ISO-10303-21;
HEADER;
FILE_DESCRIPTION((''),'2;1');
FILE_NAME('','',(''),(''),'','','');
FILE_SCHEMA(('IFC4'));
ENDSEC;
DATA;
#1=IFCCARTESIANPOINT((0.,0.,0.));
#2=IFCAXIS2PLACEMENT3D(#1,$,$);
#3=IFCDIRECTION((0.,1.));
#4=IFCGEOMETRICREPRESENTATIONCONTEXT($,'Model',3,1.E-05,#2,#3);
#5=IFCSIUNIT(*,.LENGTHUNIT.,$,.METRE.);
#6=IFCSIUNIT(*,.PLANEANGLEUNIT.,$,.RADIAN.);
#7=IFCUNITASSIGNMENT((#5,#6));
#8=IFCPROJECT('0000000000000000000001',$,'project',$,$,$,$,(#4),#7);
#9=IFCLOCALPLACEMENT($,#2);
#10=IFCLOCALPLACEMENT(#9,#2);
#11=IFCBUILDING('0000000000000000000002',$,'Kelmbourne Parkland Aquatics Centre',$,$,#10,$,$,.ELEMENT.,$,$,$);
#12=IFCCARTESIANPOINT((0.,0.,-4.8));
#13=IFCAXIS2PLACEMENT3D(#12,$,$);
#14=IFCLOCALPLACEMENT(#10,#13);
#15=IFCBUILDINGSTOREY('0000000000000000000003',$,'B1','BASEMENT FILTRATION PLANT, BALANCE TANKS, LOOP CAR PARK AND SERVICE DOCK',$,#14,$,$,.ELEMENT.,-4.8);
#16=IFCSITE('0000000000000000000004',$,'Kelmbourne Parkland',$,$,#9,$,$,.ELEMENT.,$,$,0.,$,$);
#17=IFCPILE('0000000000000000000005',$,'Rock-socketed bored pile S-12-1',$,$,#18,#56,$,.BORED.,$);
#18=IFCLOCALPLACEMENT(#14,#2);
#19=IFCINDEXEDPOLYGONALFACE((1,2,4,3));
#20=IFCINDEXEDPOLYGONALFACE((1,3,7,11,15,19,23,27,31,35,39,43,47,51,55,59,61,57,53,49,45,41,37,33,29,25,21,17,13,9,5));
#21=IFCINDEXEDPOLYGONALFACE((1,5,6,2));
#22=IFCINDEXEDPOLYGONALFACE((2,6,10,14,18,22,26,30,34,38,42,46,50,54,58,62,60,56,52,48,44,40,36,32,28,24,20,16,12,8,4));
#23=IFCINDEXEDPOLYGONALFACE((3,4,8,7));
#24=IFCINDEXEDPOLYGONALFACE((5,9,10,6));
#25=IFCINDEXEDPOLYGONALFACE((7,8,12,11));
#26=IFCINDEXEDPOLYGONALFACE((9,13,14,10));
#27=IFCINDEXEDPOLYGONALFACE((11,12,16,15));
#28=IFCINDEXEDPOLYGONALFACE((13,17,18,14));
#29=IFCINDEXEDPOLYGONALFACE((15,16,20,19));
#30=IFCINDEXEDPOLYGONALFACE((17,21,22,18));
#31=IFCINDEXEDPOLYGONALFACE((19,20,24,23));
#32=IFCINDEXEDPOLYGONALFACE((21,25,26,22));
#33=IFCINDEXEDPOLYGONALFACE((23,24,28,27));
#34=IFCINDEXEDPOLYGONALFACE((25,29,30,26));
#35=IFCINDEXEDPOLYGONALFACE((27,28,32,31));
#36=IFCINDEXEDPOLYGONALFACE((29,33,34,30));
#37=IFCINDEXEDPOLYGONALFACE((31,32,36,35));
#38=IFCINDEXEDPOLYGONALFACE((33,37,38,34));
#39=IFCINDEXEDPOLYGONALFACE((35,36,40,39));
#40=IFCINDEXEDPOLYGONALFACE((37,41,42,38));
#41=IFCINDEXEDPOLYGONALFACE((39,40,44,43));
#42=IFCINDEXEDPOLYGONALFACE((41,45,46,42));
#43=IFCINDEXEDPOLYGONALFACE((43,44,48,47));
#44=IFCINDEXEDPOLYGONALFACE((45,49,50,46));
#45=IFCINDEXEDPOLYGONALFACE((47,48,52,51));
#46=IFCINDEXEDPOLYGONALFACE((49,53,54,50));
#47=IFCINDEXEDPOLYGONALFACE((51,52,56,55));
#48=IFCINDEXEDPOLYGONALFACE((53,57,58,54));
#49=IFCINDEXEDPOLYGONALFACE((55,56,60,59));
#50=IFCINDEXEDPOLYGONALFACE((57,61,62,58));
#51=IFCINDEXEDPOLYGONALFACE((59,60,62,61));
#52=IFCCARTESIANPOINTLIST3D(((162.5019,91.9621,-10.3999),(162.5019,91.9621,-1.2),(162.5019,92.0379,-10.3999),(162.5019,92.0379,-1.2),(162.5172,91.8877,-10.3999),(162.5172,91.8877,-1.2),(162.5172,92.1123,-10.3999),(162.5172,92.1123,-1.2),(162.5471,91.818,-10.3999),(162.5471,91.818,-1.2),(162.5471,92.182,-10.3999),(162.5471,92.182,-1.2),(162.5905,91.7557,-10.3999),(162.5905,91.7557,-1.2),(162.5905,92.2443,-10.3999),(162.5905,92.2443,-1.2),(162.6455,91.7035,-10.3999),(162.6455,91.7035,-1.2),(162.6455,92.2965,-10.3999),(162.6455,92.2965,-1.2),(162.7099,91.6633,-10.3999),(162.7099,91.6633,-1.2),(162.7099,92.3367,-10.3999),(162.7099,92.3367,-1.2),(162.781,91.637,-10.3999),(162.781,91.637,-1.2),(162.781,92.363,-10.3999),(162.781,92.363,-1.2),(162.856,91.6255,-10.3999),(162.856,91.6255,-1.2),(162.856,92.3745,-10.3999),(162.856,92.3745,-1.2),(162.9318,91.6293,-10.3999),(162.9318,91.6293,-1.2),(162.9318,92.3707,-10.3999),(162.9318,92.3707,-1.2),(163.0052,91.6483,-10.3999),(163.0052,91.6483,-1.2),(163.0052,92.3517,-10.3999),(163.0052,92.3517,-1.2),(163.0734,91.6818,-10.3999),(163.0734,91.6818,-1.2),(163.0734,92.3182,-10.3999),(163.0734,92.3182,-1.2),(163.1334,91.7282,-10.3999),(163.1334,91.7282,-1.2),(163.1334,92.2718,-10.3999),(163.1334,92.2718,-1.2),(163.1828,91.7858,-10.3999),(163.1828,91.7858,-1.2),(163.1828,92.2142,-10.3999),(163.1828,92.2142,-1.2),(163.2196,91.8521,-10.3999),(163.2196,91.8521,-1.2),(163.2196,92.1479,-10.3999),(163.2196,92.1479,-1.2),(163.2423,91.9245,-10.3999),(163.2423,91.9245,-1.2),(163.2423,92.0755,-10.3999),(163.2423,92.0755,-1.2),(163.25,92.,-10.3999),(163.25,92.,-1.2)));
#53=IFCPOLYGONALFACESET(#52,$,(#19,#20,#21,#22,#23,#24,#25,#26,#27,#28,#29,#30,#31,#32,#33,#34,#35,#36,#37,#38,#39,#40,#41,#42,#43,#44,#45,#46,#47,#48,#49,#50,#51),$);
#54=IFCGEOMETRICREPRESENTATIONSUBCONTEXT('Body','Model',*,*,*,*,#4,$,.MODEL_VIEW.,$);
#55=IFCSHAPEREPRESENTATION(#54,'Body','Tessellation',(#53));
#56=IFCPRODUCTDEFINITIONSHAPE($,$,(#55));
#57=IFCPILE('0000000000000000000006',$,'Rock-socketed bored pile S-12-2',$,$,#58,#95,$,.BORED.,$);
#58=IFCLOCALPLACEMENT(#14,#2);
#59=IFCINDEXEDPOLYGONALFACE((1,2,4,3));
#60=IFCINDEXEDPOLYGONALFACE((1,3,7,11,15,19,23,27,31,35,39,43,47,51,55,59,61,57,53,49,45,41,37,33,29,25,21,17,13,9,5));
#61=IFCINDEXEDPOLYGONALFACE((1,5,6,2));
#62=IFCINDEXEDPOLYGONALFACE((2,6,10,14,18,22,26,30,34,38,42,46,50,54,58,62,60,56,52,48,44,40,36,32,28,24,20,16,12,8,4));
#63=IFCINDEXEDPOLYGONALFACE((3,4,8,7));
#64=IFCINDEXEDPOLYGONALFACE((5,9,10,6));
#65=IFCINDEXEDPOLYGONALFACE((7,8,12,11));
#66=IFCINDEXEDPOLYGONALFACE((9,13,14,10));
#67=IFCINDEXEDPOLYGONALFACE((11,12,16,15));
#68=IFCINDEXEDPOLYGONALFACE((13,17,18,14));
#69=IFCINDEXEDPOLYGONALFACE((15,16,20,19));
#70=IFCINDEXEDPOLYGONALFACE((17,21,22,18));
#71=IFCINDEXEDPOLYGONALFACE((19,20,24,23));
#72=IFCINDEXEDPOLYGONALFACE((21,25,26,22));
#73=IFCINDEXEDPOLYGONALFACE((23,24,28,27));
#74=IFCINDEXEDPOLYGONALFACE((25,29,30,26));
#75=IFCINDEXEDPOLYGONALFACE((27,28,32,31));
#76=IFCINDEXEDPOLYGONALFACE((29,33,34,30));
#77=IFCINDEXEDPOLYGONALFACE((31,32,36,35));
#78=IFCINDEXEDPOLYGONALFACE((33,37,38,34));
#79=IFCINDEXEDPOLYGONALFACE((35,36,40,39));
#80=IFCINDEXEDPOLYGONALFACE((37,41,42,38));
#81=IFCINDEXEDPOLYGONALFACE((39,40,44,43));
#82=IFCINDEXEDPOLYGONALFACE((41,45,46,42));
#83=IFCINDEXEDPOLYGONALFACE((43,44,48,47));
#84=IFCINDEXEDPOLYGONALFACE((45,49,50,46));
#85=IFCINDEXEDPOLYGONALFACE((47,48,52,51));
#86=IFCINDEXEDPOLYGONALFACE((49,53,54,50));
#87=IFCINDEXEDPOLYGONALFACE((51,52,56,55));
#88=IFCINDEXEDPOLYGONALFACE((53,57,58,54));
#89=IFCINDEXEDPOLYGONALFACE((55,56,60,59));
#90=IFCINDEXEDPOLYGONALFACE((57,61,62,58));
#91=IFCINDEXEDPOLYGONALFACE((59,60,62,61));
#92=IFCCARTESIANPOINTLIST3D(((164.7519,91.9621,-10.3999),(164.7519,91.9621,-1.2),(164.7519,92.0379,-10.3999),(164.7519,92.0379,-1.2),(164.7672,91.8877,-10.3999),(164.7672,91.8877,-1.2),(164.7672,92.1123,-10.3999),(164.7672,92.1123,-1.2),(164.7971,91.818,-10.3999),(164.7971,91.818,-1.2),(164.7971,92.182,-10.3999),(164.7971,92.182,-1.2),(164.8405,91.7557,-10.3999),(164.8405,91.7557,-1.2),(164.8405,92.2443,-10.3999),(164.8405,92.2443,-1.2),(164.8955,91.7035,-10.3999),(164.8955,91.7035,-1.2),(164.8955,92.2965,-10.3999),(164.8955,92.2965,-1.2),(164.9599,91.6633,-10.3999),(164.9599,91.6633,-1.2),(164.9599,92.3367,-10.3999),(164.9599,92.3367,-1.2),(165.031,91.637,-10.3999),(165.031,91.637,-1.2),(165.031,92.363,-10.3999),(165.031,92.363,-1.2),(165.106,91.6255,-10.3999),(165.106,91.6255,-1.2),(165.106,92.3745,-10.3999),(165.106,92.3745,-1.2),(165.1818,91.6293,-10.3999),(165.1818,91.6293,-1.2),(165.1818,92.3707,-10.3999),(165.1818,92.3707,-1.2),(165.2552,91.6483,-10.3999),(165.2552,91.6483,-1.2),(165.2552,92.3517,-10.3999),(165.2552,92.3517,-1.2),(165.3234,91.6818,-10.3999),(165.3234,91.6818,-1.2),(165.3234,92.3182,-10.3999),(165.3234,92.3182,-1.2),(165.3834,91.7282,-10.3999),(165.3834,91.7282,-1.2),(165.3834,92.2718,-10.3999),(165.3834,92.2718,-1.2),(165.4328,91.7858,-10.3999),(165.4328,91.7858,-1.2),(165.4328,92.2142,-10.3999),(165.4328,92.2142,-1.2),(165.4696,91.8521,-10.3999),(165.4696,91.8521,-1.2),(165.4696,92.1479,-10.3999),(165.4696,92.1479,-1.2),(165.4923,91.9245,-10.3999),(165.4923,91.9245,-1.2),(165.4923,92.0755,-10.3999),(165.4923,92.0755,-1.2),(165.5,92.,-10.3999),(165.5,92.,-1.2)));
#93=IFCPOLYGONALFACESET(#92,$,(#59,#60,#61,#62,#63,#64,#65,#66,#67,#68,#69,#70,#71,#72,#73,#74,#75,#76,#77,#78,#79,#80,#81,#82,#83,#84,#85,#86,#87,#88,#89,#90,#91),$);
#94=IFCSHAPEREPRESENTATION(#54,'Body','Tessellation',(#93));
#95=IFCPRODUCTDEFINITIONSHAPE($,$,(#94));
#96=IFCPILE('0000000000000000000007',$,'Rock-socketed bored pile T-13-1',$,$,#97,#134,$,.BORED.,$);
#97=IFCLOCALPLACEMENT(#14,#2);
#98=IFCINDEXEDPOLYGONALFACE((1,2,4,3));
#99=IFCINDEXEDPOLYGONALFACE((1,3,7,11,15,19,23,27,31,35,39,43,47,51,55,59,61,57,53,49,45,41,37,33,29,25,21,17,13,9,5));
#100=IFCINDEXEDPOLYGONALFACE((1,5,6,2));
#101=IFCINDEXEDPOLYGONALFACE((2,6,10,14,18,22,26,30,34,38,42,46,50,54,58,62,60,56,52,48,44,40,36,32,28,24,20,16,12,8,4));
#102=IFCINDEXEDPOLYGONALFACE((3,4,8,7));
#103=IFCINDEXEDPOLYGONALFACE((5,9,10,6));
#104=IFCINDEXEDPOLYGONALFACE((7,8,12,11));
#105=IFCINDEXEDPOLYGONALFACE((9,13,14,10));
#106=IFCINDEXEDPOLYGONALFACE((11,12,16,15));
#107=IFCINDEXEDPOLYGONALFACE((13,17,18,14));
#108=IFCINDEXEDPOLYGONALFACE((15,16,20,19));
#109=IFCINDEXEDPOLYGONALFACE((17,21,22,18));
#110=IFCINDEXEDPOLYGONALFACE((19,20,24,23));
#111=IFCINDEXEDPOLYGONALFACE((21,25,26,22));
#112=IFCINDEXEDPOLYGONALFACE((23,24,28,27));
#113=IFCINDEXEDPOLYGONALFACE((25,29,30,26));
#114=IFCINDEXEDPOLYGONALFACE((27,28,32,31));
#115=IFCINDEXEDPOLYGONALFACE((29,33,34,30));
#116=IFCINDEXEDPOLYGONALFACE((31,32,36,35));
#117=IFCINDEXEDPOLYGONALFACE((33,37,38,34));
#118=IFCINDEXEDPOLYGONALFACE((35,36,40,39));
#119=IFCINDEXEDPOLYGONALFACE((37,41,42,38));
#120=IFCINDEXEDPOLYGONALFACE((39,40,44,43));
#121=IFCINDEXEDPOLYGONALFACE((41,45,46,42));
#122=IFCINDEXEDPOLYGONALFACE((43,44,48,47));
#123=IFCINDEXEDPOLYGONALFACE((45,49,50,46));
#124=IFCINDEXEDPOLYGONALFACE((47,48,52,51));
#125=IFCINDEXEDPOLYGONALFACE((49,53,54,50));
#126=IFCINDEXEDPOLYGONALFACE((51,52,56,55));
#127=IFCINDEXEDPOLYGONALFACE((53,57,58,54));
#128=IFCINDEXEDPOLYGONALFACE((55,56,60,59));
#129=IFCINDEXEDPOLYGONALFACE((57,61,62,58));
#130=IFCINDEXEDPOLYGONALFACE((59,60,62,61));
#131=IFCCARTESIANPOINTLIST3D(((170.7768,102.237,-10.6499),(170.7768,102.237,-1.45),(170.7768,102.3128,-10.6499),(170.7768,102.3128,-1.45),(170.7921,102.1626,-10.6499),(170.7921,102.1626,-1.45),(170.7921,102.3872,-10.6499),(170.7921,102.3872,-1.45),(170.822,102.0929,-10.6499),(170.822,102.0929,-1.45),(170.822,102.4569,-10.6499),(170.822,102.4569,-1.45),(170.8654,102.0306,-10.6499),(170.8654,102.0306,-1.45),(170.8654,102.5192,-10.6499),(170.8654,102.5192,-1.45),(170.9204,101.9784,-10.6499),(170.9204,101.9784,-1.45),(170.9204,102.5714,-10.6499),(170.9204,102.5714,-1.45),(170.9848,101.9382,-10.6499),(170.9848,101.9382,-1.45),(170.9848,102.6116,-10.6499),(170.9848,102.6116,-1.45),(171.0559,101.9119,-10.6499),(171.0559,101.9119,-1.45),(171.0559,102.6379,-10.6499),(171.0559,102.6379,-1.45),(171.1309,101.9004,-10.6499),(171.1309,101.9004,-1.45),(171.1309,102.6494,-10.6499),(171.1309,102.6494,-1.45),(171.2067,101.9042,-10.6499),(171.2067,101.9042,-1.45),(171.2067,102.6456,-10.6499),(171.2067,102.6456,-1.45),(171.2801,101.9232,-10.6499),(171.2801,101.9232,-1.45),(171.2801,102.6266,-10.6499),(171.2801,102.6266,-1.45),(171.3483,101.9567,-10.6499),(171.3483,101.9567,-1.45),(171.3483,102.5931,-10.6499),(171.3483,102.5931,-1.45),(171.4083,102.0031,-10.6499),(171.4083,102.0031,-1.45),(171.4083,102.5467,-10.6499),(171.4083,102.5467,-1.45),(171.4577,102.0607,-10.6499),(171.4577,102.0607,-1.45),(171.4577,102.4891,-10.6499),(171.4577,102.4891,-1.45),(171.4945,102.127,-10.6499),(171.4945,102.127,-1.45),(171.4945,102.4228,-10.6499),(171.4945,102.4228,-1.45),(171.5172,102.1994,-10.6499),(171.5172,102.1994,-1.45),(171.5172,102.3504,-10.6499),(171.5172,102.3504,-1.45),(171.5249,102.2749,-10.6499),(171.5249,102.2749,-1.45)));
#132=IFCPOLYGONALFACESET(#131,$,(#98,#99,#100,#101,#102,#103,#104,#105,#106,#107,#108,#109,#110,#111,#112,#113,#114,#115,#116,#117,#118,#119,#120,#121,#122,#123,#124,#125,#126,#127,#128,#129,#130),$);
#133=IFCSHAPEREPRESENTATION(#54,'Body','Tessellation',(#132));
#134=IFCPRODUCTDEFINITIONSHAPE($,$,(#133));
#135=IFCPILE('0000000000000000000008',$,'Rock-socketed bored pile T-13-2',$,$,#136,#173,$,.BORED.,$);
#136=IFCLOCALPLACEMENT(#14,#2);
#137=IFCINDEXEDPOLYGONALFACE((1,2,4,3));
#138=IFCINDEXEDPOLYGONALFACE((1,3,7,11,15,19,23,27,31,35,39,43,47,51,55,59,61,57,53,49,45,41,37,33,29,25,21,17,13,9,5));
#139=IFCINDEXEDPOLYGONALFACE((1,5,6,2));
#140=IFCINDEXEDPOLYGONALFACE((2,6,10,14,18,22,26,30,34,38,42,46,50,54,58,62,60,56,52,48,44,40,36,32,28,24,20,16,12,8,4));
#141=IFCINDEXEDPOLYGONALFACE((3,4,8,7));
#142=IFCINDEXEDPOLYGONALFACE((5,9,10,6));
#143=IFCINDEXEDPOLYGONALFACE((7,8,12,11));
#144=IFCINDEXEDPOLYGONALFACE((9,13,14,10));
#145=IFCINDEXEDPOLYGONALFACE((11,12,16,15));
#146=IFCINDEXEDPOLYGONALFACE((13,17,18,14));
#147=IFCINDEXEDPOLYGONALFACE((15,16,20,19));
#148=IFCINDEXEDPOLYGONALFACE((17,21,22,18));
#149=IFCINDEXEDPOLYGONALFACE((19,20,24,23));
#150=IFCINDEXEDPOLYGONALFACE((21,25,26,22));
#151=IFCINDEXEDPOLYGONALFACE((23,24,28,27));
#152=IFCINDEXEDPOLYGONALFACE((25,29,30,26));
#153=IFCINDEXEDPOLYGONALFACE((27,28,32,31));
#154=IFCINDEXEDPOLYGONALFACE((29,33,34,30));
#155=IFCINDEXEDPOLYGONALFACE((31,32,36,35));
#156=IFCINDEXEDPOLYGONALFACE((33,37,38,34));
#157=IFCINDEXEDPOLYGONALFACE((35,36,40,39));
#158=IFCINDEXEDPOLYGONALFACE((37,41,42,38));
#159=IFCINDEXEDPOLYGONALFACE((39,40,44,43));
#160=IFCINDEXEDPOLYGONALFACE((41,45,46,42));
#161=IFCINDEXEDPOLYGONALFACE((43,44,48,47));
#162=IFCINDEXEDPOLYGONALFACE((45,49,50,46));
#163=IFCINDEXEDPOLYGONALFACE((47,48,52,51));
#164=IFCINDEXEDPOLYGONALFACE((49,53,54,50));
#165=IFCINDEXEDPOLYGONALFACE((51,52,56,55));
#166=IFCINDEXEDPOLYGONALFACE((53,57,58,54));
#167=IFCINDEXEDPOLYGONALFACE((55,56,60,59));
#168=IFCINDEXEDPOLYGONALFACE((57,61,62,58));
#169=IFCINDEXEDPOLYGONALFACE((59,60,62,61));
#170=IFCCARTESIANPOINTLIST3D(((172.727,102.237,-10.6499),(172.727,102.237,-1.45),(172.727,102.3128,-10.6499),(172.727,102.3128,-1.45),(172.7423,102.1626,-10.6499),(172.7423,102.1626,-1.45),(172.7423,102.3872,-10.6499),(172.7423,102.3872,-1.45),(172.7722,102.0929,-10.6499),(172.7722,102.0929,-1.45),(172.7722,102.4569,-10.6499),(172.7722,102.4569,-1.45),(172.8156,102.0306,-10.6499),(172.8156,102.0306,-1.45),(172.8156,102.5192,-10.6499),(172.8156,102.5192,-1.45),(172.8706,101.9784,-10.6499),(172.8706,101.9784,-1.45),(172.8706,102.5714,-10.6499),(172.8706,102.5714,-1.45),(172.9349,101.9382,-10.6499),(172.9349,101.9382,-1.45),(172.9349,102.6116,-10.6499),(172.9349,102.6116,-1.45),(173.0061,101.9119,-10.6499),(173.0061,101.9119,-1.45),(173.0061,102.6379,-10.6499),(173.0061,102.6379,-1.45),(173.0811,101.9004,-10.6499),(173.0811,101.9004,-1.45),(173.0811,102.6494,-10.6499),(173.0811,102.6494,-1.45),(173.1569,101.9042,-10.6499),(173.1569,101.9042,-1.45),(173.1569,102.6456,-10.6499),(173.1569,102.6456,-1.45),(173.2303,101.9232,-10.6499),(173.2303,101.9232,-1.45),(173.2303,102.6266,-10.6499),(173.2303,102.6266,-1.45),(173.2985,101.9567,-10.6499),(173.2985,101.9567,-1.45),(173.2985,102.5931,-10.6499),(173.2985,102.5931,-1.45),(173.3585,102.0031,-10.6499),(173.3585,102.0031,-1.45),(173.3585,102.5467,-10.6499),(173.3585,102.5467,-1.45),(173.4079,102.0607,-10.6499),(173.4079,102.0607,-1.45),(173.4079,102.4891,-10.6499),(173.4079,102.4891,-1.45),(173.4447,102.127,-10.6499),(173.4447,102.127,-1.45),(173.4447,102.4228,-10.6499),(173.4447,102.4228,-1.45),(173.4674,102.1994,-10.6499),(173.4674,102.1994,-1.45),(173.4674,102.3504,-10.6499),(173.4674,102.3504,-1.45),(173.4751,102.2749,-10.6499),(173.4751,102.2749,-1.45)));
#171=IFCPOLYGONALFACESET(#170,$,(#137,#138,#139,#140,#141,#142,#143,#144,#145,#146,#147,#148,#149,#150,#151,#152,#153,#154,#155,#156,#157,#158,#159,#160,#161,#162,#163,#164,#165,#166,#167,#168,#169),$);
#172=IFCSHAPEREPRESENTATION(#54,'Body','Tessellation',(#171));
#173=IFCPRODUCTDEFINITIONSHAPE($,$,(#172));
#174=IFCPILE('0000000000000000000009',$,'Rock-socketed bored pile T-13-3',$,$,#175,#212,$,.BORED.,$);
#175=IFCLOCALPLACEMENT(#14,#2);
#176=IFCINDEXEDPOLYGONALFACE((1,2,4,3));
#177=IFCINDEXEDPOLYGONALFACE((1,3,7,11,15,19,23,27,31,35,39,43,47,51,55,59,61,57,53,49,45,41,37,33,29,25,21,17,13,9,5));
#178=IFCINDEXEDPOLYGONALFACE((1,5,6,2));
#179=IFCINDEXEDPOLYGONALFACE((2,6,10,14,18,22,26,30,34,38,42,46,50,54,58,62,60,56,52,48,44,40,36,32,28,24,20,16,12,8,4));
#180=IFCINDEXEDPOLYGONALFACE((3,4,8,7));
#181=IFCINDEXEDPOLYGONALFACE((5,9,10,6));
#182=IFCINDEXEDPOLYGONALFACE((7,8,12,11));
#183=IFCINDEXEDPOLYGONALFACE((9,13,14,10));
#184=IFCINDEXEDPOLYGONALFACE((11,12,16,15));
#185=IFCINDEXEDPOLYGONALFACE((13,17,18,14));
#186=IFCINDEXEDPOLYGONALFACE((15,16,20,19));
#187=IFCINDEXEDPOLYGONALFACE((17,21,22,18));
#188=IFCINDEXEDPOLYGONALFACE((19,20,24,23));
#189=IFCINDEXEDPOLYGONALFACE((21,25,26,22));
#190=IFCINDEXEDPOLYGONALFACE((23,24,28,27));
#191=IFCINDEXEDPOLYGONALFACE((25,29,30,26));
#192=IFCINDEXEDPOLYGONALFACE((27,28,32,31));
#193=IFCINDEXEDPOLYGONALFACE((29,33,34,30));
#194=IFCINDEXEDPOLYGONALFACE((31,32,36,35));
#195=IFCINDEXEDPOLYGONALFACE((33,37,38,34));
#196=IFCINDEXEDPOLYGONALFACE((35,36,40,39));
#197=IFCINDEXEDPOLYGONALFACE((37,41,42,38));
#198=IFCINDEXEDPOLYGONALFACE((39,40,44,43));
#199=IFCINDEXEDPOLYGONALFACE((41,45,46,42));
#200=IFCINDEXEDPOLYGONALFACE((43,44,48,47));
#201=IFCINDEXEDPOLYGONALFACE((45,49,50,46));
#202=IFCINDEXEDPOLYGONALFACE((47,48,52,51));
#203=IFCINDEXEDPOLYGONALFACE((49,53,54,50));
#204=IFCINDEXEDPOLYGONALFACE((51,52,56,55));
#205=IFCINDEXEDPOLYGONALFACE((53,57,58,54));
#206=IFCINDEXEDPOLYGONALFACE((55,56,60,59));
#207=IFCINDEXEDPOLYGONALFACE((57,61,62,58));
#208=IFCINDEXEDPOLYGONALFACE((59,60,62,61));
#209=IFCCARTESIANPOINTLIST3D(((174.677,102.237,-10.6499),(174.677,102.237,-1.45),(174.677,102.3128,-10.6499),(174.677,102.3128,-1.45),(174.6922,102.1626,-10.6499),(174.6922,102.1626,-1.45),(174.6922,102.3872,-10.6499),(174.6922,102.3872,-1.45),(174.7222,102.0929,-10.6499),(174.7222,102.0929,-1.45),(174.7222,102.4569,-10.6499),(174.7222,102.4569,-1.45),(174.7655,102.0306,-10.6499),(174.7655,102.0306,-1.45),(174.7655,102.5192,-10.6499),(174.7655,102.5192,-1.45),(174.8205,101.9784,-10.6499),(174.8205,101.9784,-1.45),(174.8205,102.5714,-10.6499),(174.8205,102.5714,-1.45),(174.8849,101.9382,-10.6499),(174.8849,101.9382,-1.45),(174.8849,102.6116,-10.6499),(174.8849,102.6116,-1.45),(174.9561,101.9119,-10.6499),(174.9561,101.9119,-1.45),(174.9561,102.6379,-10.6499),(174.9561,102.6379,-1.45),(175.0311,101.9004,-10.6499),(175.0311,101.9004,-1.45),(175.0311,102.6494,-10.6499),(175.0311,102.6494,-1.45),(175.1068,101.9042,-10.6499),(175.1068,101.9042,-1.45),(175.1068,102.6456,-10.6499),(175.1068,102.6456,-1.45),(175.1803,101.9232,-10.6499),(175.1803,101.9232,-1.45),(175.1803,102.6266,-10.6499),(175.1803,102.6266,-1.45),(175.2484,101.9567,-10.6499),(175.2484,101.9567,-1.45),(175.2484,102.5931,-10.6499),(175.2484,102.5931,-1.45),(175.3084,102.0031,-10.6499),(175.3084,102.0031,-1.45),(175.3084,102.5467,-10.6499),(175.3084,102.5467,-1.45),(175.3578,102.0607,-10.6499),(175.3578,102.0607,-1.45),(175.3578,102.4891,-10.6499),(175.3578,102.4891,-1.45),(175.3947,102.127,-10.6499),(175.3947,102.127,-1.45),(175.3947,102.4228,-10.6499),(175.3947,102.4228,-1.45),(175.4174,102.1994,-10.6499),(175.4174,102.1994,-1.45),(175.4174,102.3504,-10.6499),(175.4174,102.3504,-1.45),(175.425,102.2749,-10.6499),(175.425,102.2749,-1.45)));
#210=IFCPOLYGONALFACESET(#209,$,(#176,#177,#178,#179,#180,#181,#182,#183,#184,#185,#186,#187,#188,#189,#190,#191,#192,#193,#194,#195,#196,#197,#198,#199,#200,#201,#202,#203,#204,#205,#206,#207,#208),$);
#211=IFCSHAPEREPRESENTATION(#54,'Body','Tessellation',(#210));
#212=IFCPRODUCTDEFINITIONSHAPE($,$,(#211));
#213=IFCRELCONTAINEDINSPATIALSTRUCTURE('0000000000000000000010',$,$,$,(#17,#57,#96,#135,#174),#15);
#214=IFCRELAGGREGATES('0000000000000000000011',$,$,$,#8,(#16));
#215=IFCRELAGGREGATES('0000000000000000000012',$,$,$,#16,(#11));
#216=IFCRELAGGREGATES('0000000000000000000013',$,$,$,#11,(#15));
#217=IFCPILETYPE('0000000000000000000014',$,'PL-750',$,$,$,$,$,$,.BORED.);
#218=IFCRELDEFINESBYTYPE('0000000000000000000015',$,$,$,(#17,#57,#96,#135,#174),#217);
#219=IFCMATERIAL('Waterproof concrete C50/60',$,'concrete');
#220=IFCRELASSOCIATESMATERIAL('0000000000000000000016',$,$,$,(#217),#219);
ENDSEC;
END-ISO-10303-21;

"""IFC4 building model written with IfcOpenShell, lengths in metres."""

from ifc_helpers import new_model, si_unit, direction, frame, origin, origin_2d, place, context, subcontext, project, spatial, circle, extrude, material, material_profile, profile_set, type_object, element, save


model = new_model("IFC4")

# Units and contexts
model_context = context("Model", 3, precision=1e-05, world=origin(), true_north=direction((0.0, 1.0)))
body_context = subcontext(model_context, "Body", "Model", "MODEL_VIEW")
ifc_project = project(units=[si_unit("LENGTHUNIT", "METRE"), si_unit("PLANEANGLEUNIT", "RADIAN")], contexts=[model_context])

# Site, building, storey
site_placement = place(None, origin())
site = spatial("IfcSite", under=ifc_project, at=site_placement, Name="Kelmbourne Parkland", CompositionType="ELEMENT", RefElevation=0.0)
building_placement = place(site_placement, origin())
building = spatial("IfcBuilding", under=site, at=building_placement, Name="Kelmbourne Parkland Aquatics Centre", CompositionType="ELEMENT")
storey_placement = place(building_placement, frame((0.0, 0.0, -4.8)))
storey = spatial("IfcBuildingStorey", under=building, at=storey_placement, Name="B1", Description="BASEMENT FILTRATION PLANT, BALANCE TANKS, LOOP CAR PARK AND SERVICE DOCK", CompositionType="ELEMENT", Elevation=-4.8)

# Shared definitions
ifc_material_1 = material(Name="Waterproof concrete C50/60", Category="concrete")

# Piles
ifc_material_profile_1 = material_profile(ifc_material_1, circle(Radius=0.375, at=origin_2d()), Name="PILE D750")
ifc_profile_set_1 = profile_set([ifc_material_profile_1], Name="Waterproof concrete C50/60")
pile_type_1 = type_object("IfcPileType", Name="PL-750", PredefinedType="BORED", material=ifc_profile_set_1)
for number, where, z_axis, x_axis, name in (
    (1, (162.875, 92.0, -1.2), (0.0, 0.0, -1.0), (1.0, 0.0, 0.0), "Rock-socketed bored pile S-12-1"),
    (2, (165.125, 92.0, -1.2), (0.0, 0.0, -1.0), (1.0, 0.0, 0.0), "Rock-socketed bored pile S-12-2"),
    (3, (171.1499, 102.2749, -1.45), (0.0, 0.0, -1.0), (1.0, 0.0, 0.0), "Rock-socketed bored pile T-13-1"),
    (4, (173.1001, 102.2749, -1.45), (0.0, 0.0, -1.0), (1.0, 0.0, 0.0), "Rock-socketed bored pile T-13-2"),
    (5, (175.05, 102.2749, -1.45), (0.0, 0.0, -1.0), (1.0, 0.0, 0.0), "Rock-socketed bored pile T-13-3"),
):
    element("IfcPile", number, at=place(storey_placement, frame(where, z_axis=z_axis, x_axis=x_axis)), inside=storey, type_object=pile_type_1, Name=name, PredefinedType="BORED", context=body_context, shape_type="SweptSolid", body=[
        extrude(circle(Radius=0.375, at=origin_2d()), origin(), (0.0, 0.0, 1.0), 9.2),
    ])

save(model, "model.ifc")
